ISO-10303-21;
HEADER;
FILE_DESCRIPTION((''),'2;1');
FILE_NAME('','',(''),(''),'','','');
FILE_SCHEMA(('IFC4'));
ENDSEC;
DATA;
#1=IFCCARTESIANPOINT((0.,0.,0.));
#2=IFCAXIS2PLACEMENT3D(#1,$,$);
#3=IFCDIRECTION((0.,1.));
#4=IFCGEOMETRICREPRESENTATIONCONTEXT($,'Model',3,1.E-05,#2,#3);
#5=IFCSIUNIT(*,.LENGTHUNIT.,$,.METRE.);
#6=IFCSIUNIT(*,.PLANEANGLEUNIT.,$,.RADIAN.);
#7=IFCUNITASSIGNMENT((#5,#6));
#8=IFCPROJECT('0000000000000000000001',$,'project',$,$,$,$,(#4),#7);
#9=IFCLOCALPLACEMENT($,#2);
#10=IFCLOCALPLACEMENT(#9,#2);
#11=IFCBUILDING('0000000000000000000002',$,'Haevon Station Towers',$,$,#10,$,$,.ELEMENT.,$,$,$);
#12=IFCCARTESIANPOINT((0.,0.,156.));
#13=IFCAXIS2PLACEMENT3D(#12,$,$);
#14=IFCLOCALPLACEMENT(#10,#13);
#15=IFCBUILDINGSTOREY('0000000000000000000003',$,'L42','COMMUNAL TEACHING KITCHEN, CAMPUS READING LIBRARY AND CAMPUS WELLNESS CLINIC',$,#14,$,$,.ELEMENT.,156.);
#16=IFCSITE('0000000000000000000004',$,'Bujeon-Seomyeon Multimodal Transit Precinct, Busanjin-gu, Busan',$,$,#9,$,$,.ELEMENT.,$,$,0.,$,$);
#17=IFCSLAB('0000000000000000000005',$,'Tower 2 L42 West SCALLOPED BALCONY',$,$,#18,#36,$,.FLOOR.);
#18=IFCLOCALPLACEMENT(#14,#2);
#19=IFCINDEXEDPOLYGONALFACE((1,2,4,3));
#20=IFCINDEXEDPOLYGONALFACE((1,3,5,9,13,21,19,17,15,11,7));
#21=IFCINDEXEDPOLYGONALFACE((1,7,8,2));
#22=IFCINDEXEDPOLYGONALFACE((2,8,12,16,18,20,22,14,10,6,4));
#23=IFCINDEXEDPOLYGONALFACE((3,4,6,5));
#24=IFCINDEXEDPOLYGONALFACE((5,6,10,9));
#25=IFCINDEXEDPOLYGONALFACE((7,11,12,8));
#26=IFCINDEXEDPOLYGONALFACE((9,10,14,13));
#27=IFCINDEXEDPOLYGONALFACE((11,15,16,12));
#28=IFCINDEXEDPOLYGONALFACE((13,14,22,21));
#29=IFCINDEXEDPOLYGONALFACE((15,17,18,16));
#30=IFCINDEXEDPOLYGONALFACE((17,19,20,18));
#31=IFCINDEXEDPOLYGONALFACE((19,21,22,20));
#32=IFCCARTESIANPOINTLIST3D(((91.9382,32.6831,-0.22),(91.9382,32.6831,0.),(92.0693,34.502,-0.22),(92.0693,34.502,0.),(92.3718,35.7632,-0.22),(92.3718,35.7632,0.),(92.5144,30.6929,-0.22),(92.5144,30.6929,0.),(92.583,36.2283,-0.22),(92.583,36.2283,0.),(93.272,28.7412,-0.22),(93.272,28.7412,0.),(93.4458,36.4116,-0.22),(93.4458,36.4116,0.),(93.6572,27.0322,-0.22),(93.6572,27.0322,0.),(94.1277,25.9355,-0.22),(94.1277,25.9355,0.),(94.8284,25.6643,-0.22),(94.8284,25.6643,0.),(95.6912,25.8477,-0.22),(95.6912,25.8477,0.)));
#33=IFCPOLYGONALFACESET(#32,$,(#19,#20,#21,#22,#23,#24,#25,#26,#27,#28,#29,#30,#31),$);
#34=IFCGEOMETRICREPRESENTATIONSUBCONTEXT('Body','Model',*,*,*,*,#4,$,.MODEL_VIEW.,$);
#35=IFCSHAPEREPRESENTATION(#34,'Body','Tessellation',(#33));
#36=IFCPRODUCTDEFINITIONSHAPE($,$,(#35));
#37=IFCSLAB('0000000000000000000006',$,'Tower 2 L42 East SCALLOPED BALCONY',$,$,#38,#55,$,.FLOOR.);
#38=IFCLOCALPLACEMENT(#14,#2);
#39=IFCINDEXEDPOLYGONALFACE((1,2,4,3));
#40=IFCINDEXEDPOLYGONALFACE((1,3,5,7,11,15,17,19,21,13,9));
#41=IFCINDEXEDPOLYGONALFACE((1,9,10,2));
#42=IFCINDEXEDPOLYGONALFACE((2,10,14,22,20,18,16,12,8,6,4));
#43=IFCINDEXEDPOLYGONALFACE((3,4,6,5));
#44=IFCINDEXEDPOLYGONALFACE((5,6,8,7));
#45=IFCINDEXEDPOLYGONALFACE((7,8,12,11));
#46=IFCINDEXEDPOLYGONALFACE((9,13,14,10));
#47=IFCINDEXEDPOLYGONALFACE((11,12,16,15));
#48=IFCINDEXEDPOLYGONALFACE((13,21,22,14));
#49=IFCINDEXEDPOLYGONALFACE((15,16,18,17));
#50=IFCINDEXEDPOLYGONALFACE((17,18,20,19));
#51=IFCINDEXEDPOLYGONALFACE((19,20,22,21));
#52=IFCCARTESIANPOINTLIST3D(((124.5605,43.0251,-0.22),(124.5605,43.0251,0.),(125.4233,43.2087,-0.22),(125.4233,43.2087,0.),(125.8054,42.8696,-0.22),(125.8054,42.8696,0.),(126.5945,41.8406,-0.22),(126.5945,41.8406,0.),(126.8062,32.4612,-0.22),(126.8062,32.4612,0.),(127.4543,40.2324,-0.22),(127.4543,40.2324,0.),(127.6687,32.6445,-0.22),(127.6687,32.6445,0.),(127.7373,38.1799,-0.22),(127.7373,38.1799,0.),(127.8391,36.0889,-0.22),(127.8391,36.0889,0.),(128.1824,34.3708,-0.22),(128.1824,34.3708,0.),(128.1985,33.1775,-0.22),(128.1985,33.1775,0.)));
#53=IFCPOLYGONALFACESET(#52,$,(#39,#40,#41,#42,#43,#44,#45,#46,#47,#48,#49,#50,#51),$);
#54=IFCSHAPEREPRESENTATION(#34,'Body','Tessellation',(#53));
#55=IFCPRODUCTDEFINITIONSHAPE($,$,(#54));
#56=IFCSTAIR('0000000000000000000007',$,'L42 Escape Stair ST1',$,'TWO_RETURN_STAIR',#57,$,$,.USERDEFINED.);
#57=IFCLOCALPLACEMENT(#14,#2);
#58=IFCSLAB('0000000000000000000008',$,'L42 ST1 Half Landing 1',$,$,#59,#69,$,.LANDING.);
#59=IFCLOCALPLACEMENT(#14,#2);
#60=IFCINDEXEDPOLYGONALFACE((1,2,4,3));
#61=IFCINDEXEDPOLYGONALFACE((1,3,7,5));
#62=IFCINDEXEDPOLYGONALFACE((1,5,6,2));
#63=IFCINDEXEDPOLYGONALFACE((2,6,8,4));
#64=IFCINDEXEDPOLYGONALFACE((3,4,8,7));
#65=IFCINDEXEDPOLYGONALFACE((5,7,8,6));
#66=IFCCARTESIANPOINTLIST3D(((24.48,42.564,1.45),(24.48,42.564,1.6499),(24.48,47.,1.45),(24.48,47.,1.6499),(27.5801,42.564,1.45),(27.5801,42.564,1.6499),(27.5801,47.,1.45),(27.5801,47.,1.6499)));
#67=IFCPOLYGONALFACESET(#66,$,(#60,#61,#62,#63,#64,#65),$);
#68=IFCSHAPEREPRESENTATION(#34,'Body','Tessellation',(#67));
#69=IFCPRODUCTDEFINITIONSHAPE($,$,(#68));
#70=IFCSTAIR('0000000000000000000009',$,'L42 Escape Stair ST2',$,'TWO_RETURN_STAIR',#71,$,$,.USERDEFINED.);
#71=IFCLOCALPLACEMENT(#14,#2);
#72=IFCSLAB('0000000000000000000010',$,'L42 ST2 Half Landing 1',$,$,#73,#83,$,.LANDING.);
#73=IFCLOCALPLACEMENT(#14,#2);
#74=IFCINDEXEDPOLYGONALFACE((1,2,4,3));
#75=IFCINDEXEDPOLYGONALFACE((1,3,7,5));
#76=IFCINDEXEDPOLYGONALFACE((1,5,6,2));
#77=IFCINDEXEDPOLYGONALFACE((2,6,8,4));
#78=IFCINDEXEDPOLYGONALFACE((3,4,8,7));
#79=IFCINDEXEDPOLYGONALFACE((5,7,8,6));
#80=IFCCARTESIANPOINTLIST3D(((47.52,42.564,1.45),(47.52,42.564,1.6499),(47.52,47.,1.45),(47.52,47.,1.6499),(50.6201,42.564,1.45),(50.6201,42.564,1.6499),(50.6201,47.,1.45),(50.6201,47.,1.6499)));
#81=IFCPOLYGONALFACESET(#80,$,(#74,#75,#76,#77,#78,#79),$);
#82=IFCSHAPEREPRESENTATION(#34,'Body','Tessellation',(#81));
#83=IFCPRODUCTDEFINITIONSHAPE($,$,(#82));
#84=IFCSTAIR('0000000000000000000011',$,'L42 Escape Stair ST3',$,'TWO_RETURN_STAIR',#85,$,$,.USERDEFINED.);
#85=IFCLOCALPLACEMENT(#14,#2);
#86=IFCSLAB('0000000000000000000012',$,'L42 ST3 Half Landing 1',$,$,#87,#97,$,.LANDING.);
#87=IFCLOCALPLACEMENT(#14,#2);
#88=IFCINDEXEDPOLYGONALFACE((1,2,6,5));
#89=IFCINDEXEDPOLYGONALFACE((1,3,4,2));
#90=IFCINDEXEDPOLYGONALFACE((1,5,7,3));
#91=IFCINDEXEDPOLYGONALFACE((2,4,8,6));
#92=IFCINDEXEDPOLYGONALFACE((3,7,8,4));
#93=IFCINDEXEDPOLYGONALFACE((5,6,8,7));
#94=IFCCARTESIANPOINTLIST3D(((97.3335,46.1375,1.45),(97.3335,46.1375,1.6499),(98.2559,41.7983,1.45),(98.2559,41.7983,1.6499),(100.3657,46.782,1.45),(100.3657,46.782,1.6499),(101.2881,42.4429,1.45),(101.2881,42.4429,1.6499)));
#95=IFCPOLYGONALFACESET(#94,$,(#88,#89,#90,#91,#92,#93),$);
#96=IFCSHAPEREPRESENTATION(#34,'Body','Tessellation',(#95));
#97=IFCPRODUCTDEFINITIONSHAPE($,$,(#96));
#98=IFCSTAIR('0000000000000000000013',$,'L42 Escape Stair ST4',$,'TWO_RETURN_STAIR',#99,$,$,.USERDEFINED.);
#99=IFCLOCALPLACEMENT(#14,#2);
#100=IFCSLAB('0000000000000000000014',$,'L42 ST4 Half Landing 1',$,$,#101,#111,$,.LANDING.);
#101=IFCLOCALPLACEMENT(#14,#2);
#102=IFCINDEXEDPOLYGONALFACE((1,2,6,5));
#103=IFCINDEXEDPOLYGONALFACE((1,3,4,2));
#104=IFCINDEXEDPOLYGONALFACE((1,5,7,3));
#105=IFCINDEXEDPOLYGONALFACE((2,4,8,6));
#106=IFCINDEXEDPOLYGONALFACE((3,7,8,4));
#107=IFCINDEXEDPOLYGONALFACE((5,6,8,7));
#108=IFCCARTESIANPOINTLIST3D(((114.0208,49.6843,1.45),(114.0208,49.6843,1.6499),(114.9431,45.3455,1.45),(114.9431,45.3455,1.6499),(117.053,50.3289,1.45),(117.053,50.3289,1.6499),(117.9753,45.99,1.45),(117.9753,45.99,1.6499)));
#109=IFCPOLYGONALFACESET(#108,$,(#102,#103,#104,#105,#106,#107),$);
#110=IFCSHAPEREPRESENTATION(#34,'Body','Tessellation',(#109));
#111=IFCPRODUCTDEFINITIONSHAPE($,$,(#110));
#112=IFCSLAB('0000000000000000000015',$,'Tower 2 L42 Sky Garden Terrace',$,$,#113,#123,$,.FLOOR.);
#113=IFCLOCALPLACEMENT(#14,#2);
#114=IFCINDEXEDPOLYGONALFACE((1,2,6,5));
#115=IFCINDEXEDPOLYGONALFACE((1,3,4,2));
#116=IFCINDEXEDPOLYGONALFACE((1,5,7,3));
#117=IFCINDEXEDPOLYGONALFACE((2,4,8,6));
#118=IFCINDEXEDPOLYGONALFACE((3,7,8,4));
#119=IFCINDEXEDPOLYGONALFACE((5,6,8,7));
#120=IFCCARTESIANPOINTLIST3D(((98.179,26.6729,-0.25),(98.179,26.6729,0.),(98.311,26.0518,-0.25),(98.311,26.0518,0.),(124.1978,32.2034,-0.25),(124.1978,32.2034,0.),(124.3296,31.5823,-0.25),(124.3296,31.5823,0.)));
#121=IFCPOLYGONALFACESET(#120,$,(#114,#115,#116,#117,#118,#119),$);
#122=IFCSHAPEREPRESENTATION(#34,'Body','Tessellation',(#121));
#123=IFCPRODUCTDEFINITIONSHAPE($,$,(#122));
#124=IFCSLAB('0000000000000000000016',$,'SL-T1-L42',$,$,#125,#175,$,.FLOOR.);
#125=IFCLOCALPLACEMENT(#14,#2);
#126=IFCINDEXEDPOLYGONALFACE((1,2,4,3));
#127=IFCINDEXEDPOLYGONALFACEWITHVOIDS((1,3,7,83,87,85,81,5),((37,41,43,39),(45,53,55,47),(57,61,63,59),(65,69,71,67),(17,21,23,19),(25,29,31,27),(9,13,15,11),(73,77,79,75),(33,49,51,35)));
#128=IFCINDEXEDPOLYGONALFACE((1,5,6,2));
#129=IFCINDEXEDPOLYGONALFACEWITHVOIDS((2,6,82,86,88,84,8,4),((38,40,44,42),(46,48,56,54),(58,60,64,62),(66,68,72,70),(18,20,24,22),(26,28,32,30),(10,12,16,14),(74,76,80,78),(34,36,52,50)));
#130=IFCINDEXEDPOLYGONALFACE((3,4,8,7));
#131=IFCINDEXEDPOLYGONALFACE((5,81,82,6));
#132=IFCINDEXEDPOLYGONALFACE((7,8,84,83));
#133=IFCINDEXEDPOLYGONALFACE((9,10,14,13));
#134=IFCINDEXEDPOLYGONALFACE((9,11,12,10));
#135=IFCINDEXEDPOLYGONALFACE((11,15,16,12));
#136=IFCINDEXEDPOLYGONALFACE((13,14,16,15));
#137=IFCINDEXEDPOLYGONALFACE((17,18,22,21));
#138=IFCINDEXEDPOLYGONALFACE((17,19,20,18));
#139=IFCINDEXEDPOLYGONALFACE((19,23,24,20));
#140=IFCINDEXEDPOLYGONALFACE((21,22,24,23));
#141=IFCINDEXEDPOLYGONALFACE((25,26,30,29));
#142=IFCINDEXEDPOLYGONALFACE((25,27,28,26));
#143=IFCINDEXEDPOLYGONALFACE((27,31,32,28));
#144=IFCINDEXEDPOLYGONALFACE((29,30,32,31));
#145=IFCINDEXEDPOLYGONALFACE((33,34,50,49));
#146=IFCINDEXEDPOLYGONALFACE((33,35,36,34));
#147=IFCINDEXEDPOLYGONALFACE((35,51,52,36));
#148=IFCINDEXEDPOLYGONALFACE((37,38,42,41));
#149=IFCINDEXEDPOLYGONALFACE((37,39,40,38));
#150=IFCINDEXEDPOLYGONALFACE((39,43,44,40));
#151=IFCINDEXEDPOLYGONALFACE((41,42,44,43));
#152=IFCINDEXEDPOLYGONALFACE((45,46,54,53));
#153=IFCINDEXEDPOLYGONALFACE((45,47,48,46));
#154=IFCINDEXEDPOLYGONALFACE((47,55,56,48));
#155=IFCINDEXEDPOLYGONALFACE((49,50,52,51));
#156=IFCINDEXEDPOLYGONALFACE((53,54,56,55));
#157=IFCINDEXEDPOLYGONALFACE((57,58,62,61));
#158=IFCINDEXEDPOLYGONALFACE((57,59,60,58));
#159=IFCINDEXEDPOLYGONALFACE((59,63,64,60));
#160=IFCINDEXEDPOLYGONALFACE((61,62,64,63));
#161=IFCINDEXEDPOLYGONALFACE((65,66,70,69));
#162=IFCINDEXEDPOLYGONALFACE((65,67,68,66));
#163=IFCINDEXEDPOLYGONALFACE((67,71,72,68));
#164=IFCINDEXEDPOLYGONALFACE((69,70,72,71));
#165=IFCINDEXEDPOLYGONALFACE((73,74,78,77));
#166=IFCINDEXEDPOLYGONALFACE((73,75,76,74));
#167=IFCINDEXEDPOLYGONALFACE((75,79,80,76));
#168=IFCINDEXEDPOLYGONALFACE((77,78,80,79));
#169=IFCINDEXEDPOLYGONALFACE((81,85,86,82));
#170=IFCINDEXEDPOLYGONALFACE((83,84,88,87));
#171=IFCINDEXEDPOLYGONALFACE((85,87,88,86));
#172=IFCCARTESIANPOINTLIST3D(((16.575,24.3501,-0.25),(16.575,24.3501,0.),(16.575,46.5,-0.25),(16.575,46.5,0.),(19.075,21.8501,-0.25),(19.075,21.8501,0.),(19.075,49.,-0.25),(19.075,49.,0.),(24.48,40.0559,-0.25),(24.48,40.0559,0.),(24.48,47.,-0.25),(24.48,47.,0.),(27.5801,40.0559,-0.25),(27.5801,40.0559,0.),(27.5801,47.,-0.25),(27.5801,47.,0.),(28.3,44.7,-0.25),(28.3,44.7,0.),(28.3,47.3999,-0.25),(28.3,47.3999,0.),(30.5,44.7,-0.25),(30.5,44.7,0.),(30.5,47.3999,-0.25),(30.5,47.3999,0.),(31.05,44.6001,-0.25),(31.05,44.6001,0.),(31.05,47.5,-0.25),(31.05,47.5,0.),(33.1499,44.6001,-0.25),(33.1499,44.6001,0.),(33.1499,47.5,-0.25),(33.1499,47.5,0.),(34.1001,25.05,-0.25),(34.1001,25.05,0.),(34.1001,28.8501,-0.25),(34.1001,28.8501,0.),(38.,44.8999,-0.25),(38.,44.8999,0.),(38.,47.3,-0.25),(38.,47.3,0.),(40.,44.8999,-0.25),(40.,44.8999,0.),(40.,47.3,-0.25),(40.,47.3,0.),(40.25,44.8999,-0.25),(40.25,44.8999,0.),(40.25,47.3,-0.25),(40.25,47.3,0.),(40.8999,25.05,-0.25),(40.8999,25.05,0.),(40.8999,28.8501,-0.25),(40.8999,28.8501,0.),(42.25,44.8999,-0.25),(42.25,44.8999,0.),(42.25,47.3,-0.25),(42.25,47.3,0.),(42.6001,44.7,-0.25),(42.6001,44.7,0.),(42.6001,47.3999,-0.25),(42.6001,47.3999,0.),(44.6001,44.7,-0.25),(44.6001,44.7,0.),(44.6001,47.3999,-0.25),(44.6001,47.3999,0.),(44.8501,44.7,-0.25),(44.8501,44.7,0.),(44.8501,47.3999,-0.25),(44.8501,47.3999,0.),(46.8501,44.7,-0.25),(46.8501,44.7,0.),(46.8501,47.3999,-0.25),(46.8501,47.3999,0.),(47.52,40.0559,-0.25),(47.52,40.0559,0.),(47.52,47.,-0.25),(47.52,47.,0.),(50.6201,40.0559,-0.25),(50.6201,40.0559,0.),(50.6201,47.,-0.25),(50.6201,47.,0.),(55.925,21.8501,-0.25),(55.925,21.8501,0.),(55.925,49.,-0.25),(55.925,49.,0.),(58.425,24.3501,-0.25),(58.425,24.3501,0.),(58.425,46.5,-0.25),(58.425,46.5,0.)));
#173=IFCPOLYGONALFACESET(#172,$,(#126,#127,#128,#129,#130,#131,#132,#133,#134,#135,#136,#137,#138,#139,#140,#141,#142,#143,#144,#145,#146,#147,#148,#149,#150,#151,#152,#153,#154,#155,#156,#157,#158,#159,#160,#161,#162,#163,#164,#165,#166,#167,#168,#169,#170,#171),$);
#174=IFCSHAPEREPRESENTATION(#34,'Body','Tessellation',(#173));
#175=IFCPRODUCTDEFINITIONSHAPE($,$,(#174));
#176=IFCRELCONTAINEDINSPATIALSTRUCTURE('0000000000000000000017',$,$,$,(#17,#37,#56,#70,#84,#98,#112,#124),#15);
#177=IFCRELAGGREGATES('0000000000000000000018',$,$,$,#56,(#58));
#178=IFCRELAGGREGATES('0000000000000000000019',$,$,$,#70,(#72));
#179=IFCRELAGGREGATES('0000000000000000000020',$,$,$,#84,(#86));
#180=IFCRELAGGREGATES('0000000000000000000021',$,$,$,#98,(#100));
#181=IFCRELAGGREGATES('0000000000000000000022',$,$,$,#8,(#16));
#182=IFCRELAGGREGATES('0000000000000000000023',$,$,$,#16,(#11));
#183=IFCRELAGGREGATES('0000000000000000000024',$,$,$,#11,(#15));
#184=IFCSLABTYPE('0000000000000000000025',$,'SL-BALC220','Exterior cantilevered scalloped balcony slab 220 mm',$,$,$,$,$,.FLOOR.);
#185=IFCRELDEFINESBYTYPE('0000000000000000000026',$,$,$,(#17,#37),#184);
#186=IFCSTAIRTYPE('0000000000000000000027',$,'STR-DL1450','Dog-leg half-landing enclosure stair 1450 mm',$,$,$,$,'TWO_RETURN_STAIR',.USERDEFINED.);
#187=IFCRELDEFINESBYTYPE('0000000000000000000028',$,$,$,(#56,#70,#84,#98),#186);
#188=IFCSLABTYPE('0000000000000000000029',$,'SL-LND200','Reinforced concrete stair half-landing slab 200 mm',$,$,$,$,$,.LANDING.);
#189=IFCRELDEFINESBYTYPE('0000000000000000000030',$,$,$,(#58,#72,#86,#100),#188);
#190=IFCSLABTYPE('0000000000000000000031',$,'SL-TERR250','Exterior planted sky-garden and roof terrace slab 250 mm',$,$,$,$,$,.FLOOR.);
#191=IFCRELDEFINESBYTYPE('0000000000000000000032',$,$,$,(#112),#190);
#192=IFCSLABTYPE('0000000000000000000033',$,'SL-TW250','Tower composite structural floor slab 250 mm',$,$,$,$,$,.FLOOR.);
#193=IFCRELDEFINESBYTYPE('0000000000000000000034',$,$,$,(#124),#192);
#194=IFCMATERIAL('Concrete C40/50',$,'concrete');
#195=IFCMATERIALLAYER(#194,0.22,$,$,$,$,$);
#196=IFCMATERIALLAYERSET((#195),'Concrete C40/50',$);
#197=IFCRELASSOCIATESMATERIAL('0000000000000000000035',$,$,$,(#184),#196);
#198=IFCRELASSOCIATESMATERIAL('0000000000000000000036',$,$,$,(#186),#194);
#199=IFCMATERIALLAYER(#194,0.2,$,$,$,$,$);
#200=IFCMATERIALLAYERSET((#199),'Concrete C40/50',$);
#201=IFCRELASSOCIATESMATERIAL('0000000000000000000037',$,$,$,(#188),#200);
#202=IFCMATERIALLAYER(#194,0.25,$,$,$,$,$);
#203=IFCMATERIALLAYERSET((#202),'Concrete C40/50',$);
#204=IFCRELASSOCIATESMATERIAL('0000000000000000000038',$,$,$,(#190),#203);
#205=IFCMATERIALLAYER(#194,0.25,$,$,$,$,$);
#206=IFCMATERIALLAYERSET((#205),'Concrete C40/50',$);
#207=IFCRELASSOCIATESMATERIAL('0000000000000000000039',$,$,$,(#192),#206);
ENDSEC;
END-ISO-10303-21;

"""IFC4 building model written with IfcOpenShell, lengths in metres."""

from ifc_helpers import new_model, si_unit, direction, frame, origin, place, context, subcontext, project, spatial, polyline, outline, extrude, material, layer, layer_set, type_object, element, aggregate, save


model = new_model("IFC4")

# Units and contexts
model_context = context("Model", 3, precision=1e-05, world=origin(), true_north=direction((0.0, 1.0)))
body_context = subcontext(model_context, "Body", "Model", "MODEL_VIEW")
ifc_project = project(units=[si_unit("LENGTHUNIT", "METRE"), si_unit("PLANEANGLEUNIT", "RADIAN")], contexts=[model_context])

# Site, building, storey
site_placement = place(None, origin())
site = spatial("IfcSite", under=ifc_project, at=site_placement, Name="Bujeon-Seomyeon Multimodal Transit Precinct, Busanjin-gu, Busan", CompositionType="ELEMENT", RefElevation=0.0)
building_placement = place(site_placement, origin())
building = spatial("IfcBuilding", under=site, at=building_placement, Name="Haevon Station Towers", CompositionType="ELEMENT")
storey_placement = place(building_placement, frame((0.0, 0.0, 156.0)))
storey = spatial("IfcBuildingStorey", under=building, at=storey_placement, Name="L42", Description="COMMUNAL TEACHING KITCHEN, CAMPUS READING LIBRARY AND CAMPUS WELLNESS CLINIC", CompositionType="ELEMENT", Elevation=156.0)

# Slabs
ifc_material_1 = material(Name="Concrete C40/50", Category="concrete")
ifc_layer_1 = layer(ifc_material_1, 0.22)
ifc_layer_set_1 = layer_set([ifc_layer_1], Name="Concrete C40/50")
slab_type_1 = type_object("IfcSlabType", Name="SL-BALC220", Description="Exterior cantilevered scalloped balcony slab 220 mm", PredefinedType="FLOOR", material=ifc_layer_set_1)
slab_1_placement = place(storey_placement, frame((0.0, 0.0, -0.22)))
element("IfcSlab", 1, at=slab_1_placement, inside=storey, type_object=slab_type_1, Name="Tower 2 L42 West SCALLOPED BALCONY", PredefinedType="FLOOR", context=body_context, shape_type="SweptSolid", body=[
    extrude(outline(polyline([(93.4458, 36.4116), (92.583, 36.2283), (92.3718, 35.7632), (92.0693, 34.502), (91.9382, 32.6831), (92.5144, 30.6929), (93.272, 28.7412), (93.6572, 27.0322), (94.1277, 25.9355), (94.8284, 25.6643), (95.6912, 25.8477), (93.4458, 36.4116)])), origin(), (0.0, 0.0, 1.0), 0.22),
])
slab_2_placement = place(storey_placement, frame((0.0, 0.0, -0.22)))
element("IfcSlab", 2, at=slab_2_placement, inside=storey, type_object=slab_type_1, Name="Tower 2 L42 East SCALLOPED BALCONY", PredefinedType="FLOOR", context=body_context, shape_type="SweptSolid", body=[
    extrude(outline(polyline([(126.8062, 32.4612), (127.6687, 32.6445), (128.1985, 33.1775), (128.1824, 34.3708), (127.8391, 36.0889), (127.7373, 38.1799), (127.4543, 40.2324), (126.5945, 41.8406), (125.8054, 42.8696), (125.4233, 43.2087), (124.5605, 43.0251), (126.8062, 32.4612)])), origin(), (0.0, 0.0, 1.0), 0.22),
])

# Stairs, slabs
stair_type = type_object("IfcStairType", Name="STR-DL1450", Description="Dog-leg half-landing enclosure stair 1450 mm", ElementType="TWO_RETURN_STAIR", PredefinedType="USERDEFINED", material=ifc_material_1)
stair_1_placement = place(storey_placement, origin())
stair_1 = element("IfcStair", 3, at=stair_1_placement, inside=storey, type_object=stair_type, Name="L42 Escape Stair ST1", ObjectType="TWO_RETURN_STAIR", PredefinedType="USERDEFINED")
ifc_layer_2 = layer(ifc_material_1, 0.2)
ifc_layer_set_2 = layer_set([ifc_layer_2], Name="Concrete C40/50")
slab_type_2 = type_object("IfcSlabType", Name="SL-LND200", Description="Reinforced concrete stair half-landing slab 200 mm", PredefinedType="LANDING", material=ifc_layer_set_2)
slab_3_placement = place(storey_placement, frame((0.0, 0.0, 1.45)))
slab_3 = element("IfcSlab", 4, at=slab_3_placement, type_object=slab_type_2, Name="L42 ST1 Half Landing 1", PredefinedType="LANDING", context=body_context, shape_type="SweptSolid", body=[
    extrude(outline(polyline([(27.5801, 42.564), (27.5801, 47.0), (24.48, 47.0), (24.48, 42.564), (27.5801, 42.564)])), origin(), (0.0, 0.0, 1.0), 0.2),
])
aggregate(stair_1, [slab_3])
stair_2_placement = place(storey_placement, origin())
stair_2 = element("IfcStair", 5, at=stair_2_placement, inside=storey, type_object=stair_type, Name="L42 Escape Stair ST2", ObjectType="TWO_RETURN_STAIR", PredefinedType="USERDEFINED")
slab_4_placement = place(storey_placement, frame((0.0, 0.0, 1.45)))
slab_4 = element("IfcSlab", 6, at=slab_4_placement, type_object=slab_type_2, Name="L42 ST2 Half Landing 1", PredefinedType="LANDING", context=body_context, shape_type="SweptSolid", body=[
    extrude(outline(polyline([(50.6201, 42.564), (50.6201, 47.0), (47.52, 47.0), (47.52, 42.564), (50.6201, 42.564)])), origin(), (0.0, 0.0, 1.0), 0.2),
])
aggregate(stair_2, [slab_4])
stair_3_placement = place(storey_placement, origin())
stair_3 = element("IfcStair", 7, at=stair_3_placement, inside=storey, type_object=stair_type, Name="L42 Escape Stair ST3", ObjectType="TWO_RETURN_STAIR", PredefinedType="USERDEFINED")
slab_5_placement = place(storey_placement, frame((0.0, 0.0, 1.45)))
slab_5 = element("IfcSlab", 8, at=slab_5_placement, type_object=slab_type_2, Name="L42 ST3 Half Landing 1", PredefinedType="LANDING", context=body_context, shape_type="SweptSolid", body=[
    extrude(outline(polyline([(101.2881, 42.4429), (100.3657, 46.782), (97.3335, 46.1375), (98.2559, 41.7983), (101.2881, 42.4429)])), origin(), (0.0, 0.0, 1.0), 0.2),
])
aggregate(stair_3, [slab_5])
stair_4_placement = place(storey_placement, origin())
stair_4 = element("IfcStair", 9, at=stair_4_placement, inside=storey, type_object=stair_type, Name="L42 Escape Stair ST4", ObjectType="TWO_RETURN_STAIR", PredefinedType="USERDEFINED")
slab_6_placement = place(storey_placement, frame((0.0, 0.0, 1.45)))
slab_6 = element("IfcSlab", 10, at=slab_6_placement, type_object=slab_type_2, Name="L42 ST4 Half Landing 1", PredefinedType="LANDING", context=body_context, shape_type="SweptSolid", body=[
    extrude(outline(polyline([(117.9753, 45.99), (117.053, 50.3289), (114.0208, 49.6843), (114.9431, 45.3455), (117.9753, 45.99)])), origin(), (0.0, 0.0, 1.0), 0.2),
])
aggregate(stair_4, [slab_6])

# Slabs
ifc_layer_3 = layer(ifc_material_1, 0.25)
ifc_layer_set_3 = layer_set([ifc_layer_3], Name="Concrete C40/50")
slab_type_3 = type_object("IfcSlabType", Name="SL-TERR250", Description="Exterior planted sky-garden and roof terrace slab 250 mm", PredefinedType="FLOOR", material=ifc_layer_set_3)
slab_7_placement = place(storey_placement, frame((0.0, 0.0, -0.25)))
element("IfcSlab", 11, at=slab_7_placement, inside=storey, type_object=slab_type_3, Name="Tower 2 L42 Sky Garden Terrace", PredefinedType="FLOOR", context=body_context, shape_type="SweptSolid", body=[
    extrude(outline(polyline([(98.311, 26.0518), (124.3296, 31.5823), (124.1978, 32.2034), (98.179, 26.6729), (98.311, 26.0518)])), origin(), (0.0, 0.0, 1.0), 0.25),
])
ifc_layer_4 = layer(ifc_material_1, 0.25)
ifc_layer_set_4 = layer_set([ifc_layer_4], Name="Concrete C40/50")
slab_type_4 = type_object("IfcSlabType", Name="SL-TW250", Description="Tower composite structural floor slab 250 mm", PredefinedType="FLOOR", material=ifc_layer_set_4)
slab_8_placement = place(storey_placement, frame((0.0, 0.0, -0.25)))
element("IfcSlab", 12, at=slab_8_placement, inside=storey, type_object=slab_type_4, Name="SL-T1-L42", PredefinedType="FLOOR", context=body_context, shape_type="SweptSolid", body=[
    extrude(outline(polyline([(19.075, 21.8501), (55.925, 21.8501), (58.425, 24.3501), (58.425, 46.5), (55.925, 49.0), (19.075, 49.0), (16.575, 46.5), (16.575, 24.3501), (19.075, 21.8501)]), holes=[polyline([(27.5801, 40.0559), (27.5801, 47.0), (24.48, 47.0), (24.48, 40.0559), (27.5801, 40.0559)]), polyline([(50.6201, 40.0559), (50.6201, 47.0), (47.52, 47.0), (47.52, 40.0559), (50.6201, 40.0559)]), polyline([(28.3, 44.7), (30.5, 44.7), (30.5, 47.3999), (28.3, 47.3999), (28.3, 44.7)]), polyline([(31.05, 44.6001), (33.1499, 44.6001), (33.1499, 47.5), (31.05, 47.5), (31.05, 44.6001)]), polyline([(38.0, 44.8999), (40.0, 44.8999), (40.0, 47.3), (38.0, 47.3), (38.0, 44.8999)]), polyline([(40.25, 44.8999), (42.25, 44.8999), (42.25, 47.3), (40.25, 47.3), (40.25, 44.8999)]), polyline([(42.6001, 44.7), (44.6001, 44.7), (44.6001, 47.3999), (42.6001, 47.3999), (42.6001, 44.7)]), polyline([(44.8501, 44.7), (46.8501, 44.7), (46.8501, 47.3999), (44.8501, 47.3999), (44.8501, 44.7)]), polyline([(34.1001, 25.05), (40.8999, 25.05), (40.8999, 28.8501), (34.1001, 28.8501), (34.1001, 25.05)])]), origin(), (0.0, 0.0, 1.0), 0.25),
])

save(model, "model.ifc")
